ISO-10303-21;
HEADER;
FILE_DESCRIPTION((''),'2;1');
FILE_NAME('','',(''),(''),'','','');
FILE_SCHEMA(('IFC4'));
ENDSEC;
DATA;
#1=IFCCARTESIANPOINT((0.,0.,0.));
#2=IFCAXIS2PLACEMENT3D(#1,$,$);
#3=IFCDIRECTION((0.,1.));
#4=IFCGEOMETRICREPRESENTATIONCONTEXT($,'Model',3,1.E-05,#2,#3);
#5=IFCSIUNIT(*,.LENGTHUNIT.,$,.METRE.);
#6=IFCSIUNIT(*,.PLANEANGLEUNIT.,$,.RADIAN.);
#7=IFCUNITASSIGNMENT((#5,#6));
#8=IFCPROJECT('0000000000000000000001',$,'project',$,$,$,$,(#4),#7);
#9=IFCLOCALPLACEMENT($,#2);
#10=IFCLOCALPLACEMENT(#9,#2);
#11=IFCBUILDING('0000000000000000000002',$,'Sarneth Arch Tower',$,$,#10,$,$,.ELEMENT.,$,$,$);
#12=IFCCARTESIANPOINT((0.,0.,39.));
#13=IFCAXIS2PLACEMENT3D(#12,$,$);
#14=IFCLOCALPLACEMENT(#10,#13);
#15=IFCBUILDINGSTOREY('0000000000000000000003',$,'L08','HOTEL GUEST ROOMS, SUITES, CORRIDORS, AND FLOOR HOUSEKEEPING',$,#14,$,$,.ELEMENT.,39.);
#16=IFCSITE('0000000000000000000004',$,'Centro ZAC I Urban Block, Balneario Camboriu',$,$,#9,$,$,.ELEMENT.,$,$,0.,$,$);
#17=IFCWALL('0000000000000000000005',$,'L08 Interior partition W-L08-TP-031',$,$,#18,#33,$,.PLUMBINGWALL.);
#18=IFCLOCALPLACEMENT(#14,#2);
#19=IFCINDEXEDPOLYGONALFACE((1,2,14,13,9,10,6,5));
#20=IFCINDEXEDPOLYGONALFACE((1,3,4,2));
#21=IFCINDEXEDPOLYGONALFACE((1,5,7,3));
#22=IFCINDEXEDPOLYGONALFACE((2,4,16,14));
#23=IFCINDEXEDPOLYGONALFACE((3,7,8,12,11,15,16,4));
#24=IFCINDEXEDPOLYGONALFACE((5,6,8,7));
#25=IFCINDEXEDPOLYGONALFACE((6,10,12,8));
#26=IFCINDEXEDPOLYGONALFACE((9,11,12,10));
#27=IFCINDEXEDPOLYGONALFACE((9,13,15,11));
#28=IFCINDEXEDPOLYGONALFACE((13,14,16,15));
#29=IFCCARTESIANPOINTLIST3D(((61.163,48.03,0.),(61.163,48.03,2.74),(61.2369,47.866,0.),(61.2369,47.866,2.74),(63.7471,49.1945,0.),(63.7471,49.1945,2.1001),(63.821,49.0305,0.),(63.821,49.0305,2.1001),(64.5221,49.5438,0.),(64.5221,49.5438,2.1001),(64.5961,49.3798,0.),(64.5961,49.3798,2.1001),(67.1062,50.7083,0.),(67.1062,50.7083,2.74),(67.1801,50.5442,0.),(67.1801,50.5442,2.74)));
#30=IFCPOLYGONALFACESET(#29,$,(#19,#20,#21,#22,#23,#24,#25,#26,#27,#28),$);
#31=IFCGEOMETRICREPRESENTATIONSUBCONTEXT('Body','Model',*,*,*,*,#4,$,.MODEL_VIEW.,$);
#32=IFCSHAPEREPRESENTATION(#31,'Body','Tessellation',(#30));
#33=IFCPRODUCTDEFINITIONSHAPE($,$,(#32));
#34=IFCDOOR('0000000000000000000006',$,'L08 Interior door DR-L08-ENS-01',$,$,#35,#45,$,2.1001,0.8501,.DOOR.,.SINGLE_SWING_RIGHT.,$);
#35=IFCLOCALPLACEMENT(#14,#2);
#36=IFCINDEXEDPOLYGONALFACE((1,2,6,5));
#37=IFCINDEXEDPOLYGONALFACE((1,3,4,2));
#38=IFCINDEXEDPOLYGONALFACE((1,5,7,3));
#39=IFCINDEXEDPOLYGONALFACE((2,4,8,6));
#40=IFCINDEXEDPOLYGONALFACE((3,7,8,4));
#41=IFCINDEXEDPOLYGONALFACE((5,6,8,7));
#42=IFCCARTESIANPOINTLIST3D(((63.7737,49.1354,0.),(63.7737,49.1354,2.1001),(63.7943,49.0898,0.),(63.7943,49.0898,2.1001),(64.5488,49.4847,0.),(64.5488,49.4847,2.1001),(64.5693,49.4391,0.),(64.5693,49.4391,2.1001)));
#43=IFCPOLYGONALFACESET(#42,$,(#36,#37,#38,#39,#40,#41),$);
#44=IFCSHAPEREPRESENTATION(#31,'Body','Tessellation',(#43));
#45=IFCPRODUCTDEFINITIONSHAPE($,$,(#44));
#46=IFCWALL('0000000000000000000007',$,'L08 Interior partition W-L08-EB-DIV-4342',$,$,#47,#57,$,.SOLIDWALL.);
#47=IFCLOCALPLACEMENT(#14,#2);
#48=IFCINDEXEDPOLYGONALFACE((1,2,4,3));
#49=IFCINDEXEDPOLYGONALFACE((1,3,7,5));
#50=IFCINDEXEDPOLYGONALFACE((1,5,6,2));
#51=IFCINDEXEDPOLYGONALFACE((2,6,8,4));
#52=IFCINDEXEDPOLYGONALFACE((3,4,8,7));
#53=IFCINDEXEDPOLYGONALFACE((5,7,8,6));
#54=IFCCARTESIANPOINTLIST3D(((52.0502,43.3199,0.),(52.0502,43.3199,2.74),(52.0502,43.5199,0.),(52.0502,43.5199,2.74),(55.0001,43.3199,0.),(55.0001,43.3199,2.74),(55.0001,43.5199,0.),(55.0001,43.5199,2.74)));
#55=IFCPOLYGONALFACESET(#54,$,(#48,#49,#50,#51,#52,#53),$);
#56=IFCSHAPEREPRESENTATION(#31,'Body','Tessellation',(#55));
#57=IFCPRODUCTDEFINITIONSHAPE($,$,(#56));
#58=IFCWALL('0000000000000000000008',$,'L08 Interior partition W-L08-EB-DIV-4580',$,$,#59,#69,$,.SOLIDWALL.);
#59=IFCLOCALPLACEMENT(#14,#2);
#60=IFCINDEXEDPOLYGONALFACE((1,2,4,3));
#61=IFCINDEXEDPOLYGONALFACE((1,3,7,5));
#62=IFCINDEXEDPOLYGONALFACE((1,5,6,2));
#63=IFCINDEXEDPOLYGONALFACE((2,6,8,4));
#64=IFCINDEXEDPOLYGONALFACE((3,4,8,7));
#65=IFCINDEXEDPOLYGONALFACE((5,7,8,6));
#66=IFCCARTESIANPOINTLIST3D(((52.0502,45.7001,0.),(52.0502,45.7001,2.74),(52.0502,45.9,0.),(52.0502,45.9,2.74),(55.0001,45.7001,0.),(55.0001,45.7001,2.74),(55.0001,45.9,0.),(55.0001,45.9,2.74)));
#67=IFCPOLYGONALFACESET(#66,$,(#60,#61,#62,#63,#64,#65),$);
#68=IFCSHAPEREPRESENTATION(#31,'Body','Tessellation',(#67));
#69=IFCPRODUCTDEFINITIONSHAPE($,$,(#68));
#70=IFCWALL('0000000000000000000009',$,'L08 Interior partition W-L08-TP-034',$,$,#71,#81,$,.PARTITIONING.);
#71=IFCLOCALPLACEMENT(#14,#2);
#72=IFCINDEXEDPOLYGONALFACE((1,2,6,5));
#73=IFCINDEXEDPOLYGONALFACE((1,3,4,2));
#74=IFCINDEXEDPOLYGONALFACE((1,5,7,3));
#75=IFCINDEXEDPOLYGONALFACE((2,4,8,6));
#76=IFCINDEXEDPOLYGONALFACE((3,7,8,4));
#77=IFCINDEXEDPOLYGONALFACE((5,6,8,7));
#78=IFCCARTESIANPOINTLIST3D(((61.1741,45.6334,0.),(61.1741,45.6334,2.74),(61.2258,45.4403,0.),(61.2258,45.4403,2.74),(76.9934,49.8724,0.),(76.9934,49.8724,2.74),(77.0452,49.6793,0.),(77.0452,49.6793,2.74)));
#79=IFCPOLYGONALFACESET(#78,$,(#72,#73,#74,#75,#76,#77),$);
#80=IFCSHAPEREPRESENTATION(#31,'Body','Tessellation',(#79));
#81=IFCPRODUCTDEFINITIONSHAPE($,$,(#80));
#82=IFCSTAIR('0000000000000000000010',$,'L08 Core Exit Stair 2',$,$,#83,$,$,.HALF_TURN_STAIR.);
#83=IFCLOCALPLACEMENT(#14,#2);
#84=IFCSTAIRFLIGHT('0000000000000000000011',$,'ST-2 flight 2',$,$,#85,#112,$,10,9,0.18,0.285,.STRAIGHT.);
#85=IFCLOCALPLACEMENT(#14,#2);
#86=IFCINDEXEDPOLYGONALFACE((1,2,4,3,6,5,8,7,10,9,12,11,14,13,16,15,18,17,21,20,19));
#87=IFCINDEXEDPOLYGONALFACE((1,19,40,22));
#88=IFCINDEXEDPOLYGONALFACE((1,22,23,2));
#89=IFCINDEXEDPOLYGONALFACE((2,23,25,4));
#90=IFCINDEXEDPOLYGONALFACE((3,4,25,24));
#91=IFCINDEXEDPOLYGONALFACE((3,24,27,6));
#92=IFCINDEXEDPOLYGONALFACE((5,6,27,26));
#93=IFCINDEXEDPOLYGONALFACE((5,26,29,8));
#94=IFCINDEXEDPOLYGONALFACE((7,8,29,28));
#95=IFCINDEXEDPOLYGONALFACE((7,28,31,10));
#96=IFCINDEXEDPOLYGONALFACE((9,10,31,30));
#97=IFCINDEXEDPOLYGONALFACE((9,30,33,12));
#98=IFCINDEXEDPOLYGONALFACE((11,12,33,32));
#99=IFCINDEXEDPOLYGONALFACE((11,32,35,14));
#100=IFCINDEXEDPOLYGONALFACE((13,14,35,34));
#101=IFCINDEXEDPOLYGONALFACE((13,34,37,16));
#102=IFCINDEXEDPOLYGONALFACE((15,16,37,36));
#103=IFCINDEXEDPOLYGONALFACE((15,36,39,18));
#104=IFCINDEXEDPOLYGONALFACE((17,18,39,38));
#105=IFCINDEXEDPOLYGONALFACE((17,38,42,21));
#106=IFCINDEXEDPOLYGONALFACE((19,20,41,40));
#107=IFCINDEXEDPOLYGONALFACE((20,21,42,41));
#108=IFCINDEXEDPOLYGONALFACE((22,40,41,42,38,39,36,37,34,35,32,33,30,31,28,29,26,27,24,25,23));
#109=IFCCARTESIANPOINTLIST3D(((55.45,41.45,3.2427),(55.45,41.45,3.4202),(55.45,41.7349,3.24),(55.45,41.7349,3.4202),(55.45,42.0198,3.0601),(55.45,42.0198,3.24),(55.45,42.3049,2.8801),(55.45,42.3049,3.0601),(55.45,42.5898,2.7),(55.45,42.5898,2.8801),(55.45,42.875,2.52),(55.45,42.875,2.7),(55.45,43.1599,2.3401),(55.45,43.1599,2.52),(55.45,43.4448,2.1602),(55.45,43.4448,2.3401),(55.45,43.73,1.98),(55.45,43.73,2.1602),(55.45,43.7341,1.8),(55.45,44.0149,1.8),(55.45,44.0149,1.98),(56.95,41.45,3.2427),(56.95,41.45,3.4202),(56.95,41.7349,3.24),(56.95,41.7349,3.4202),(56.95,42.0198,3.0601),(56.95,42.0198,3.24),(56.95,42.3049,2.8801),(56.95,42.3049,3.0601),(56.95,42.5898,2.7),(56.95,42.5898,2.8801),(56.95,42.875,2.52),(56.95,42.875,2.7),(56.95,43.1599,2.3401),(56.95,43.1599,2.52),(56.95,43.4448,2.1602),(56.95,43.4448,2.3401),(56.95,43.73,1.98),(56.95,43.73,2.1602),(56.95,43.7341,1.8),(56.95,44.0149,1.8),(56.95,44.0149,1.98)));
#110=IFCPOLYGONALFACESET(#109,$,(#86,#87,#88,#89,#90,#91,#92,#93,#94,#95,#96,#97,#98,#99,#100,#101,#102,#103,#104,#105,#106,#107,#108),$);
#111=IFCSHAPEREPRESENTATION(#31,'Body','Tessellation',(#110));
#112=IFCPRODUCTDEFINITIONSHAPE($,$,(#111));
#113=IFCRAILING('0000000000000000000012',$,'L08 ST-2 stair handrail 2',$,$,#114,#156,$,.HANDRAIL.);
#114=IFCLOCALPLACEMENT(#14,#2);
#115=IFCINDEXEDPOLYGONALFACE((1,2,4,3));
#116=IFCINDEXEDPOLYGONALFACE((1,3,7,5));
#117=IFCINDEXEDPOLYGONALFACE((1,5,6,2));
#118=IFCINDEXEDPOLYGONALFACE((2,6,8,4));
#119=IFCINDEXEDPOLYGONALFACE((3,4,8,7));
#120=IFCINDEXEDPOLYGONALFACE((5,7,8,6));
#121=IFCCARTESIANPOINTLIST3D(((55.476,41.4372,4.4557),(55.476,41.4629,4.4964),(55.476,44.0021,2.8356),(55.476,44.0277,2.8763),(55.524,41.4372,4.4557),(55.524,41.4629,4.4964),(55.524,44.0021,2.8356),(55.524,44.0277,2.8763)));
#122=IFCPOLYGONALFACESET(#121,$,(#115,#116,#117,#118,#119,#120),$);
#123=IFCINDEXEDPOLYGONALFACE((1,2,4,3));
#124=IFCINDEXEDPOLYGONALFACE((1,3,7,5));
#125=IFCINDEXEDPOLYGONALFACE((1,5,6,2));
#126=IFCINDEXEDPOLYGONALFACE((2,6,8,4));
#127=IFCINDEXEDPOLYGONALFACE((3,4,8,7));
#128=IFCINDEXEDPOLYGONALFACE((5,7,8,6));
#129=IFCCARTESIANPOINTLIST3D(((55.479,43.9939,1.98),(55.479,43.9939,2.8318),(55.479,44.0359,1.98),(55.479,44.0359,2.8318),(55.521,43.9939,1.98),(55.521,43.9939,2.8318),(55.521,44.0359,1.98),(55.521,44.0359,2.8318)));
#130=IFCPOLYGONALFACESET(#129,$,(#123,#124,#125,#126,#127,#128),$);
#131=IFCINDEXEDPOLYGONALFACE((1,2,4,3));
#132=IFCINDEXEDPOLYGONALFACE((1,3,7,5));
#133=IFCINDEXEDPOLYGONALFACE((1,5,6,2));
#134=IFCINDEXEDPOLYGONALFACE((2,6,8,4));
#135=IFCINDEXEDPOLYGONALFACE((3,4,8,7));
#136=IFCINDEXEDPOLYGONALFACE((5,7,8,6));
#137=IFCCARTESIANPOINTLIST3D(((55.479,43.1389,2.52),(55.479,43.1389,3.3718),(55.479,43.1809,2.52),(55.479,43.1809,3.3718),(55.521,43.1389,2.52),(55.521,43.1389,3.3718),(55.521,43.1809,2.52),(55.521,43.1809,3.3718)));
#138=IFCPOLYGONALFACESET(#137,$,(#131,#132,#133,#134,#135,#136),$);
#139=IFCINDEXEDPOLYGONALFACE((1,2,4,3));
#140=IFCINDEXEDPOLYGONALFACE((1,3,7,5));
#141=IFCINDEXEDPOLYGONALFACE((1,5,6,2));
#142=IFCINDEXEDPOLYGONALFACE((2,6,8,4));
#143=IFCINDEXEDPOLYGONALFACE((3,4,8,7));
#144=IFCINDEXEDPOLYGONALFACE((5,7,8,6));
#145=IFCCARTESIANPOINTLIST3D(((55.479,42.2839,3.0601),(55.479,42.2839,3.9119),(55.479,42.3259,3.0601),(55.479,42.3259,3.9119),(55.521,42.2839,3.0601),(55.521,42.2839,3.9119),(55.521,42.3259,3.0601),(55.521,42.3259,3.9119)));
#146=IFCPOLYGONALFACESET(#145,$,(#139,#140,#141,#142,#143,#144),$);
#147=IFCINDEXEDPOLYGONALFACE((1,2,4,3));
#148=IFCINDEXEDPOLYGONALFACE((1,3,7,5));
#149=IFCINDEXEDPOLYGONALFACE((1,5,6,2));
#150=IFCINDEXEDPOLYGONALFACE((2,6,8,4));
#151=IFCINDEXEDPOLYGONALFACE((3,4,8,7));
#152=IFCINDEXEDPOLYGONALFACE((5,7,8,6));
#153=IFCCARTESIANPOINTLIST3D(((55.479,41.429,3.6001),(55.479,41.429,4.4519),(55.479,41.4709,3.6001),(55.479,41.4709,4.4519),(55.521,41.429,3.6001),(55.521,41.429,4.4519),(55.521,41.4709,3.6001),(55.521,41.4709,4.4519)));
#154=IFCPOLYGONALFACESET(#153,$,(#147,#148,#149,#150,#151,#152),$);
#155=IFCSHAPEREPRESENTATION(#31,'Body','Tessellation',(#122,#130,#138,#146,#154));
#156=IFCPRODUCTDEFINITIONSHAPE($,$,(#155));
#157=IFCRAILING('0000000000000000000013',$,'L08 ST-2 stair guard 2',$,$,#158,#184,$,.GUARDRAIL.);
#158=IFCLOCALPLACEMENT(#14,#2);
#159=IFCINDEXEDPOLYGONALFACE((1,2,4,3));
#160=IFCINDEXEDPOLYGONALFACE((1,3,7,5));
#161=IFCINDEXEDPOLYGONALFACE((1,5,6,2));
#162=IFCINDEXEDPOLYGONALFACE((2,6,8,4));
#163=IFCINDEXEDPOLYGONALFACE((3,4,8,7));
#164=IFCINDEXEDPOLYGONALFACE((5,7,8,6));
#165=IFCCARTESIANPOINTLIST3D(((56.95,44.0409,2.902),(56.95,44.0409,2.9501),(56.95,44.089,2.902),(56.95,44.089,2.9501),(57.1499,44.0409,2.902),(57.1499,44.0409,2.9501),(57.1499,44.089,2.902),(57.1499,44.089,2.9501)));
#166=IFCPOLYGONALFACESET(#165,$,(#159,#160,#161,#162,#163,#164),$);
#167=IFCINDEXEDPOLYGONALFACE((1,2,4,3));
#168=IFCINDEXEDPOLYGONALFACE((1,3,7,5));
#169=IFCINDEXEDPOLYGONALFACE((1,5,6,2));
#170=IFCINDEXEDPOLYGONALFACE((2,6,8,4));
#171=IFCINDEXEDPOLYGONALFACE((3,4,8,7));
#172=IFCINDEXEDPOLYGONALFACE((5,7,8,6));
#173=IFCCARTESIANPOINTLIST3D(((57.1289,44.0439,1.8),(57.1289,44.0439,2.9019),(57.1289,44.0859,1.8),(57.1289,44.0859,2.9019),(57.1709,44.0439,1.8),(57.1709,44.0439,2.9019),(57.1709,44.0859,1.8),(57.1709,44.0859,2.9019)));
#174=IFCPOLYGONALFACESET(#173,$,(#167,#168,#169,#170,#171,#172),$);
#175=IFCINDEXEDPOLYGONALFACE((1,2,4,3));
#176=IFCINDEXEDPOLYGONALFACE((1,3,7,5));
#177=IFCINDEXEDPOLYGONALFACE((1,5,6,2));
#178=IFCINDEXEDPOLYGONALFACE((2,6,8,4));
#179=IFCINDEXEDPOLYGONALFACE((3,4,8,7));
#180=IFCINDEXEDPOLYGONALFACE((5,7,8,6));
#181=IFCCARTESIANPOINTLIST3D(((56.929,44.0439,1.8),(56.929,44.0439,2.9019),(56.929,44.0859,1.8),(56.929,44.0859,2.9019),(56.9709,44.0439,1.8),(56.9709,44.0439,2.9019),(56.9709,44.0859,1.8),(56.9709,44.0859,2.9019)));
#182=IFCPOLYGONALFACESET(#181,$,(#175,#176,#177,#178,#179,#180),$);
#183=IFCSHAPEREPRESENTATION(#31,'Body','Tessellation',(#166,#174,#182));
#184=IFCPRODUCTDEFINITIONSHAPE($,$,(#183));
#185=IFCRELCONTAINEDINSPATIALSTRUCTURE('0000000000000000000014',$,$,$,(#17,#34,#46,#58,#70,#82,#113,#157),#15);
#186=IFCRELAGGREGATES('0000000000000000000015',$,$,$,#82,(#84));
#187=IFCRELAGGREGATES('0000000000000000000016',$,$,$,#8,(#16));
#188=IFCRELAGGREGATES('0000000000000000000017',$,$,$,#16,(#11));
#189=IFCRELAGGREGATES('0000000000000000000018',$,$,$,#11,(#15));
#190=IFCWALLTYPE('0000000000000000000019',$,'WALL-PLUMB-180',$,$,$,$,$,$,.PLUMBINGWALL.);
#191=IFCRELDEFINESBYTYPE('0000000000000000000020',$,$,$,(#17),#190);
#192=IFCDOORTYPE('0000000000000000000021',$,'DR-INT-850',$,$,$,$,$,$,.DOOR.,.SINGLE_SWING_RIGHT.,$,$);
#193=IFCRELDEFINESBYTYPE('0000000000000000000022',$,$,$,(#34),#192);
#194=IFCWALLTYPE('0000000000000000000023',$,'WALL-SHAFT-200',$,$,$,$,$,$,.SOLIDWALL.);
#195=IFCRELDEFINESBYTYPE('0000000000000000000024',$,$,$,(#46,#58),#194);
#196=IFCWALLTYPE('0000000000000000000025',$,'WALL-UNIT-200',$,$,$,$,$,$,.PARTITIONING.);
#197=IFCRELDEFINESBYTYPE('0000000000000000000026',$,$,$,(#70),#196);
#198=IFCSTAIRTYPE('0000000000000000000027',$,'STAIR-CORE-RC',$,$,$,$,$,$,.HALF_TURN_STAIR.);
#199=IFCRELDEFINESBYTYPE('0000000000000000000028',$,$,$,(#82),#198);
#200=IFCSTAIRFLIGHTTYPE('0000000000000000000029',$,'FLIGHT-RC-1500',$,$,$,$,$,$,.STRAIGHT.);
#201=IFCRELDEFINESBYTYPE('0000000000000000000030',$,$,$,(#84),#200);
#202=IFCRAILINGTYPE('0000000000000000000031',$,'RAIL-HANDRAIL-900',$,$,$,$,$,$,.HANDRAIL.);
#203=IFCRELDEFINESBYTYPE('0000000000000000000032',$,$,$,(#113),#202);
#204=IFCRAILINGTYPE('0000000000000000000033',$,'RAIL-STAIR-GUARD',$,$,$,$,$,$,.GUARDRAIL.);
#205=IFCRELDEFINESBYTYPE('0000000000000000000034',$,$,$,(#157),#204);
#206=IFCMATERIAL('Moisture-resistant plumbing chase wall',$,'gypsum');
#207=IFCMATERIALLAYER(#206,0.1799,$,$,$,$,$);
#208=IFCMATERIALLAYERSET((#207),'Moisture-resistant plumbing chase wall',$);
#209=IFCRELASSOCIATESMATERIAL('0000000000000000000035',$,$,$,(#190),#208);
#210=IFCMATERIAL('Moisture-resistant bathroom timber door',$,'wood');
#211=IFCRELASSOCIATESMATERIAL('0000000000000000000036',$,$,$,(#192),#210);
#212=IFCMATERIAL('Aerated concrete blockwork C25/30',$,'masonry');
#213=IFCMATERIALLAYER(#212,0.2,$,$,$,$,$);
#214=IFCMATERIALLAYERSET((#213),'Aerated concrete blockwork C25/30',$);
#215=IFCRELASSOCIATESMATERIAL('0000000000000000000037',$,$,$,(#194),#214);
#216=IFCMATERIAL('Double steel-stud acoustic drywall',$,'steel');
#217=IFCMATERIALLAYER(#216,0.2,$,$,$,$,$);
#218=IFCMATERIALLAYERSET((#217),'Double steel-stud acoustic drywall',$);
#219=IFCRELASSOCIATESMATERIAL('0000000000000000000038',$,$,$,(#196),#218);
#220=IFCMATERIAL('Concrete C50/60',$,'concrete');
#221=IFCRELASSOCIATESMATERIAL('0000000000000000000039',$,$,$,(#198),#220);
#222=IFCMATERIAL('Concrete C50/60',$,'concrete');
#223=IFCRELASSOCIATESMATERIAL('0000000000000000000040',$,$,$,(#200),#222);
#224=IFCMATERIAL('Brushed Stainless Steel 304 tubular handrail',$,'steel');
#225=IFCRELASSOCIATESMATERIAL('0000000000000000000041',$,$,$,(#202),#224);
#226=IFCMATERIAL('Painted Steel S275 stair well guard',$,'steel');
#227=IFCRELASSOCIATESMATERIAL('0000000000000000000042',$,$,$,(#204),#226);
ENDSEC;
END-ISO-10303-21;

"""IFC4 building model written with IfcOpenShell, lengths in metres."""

from ifc_helpers import new_model, si_unit, direction, frame, frame_2d, origin, origin_2d, place, context, subcontext, project, spatial, polyline, rectangle, outline, extrude, material, layer, layer_set, type_object, element, fill, aggregate, save


model = new_model("IFC4")

# Units and contexts
model_context = context("Model", 3, precision=1e-05, world=origin(), true_north=direction((0.0, 1.0)))
body_context = subcontext(model_context, "Body", "Model", "MODEL_VIEW")
ifc_project = project(units=[si_unit("LENGTHUNIT", "METRE"), si_unit("PLANEANGLEUNIT", "RADIAN")], contexts=[model_context])

# Site, building, storey
site_placement = place(None, origin())
site = spatial("IfcSite", under=ifc_project, at=site_placement, Name="Centro ZAC I Urban Block, Balneario Camboriu", CompositionType="ELEMENT", RefElevation=0.0)
building_placement = place(site_placement, origin())
building = spatial("IfcBuilding", under=site, at=building_placement, Name="Sarneth Arch Tower", CompositionType="ELEMENT")
storey_placement = place(building_placement, frame((0.0, 0.0, 39.0)))
storey = spatial("IfcBuildingStorey", under=building, at=storey_placement, Name="L08", Description="HOTEL GUEST ROOMS, SUITES, CORRIDORS, AND FLOOR HOUSEKEEPING", CompositionType="ELEMENT", Elevation=39.0)

# Wall, opening, door
ifc_material_1 = material(Name="Moisture-resistant plumbing chase wall", Category="gypsum")
ifc_layer_1 = layer(ifc_material_1, 0.1799)
ifc_layer_set_1 = layer_set([ifc_layer_1], Name="Moisture-resistant plumbing chase wall")
wall_type_1 = type_object("IfcWallType", Name="WALL-PLUMB-180", PredefinedType="PLUMBINGWALL", material=ifc_layer_set_1)
wall_1_placement = place(storey_placement, frame((67.1431, 50.6262, 0.0), z_axis=(0.0, 0.0, 1.0), x_axis=(-0.911702, -0.410852, 0.0)))
wall_1 = element("IfcWall", 1, at=wall_1_placement, inside=storey, type_object=wall_type_1, Name="L08 Interior partition W-L08-TP-031", PredefinedType="PLUMBINGWALL", context=body_context, shape_type="SweptSolid", body=[
    extrude(rectangle(XDim=6.5188, YDim=0.1799, at=frame_2d((3.2593, 0.0))), origin(), (0.0, 0.0, 1.0), 2.74),
])
opening_1_placement = place(wall_1_placement, frame((2.8342, 0.0, 0.0)))
opening_1 = element("IfcOpeningElement", 2, at=opening_1_placement, cuts=wall_1, PredefinedType="OPENING", context=body_context, shape_type="SweptSolid", body=[
    extrude(rectangle(XDim=0.8501, YDim=2.1001, at=frame_2d((0.425, 1.05))), frame((0.0, 0.0999, 0.0), z_axis=(0.0, -1.0, 0.0), x_axis=(1.0, 0.0, 0.0)), (0.0, 0.0, 1.0), 0.2),
])
ifc_material_2 = material(Name="Moisture-resistant bathroom timber door", Category="wood")
door_type_1 = type_object("IfcDoorType", Name="DR-INT-850", OperationType="SINGLE_SWING_RIGHT", PredefinedType="DOOR", material=ifc_material_2)
door_1_placement = place(opening_1_placement, origin())
door_1 = element("IfcDoor", 3, at=door_1_placement, inside=storey, type_object=door_type_1, Name="L08 Interior door DR-L08-ENS-01", OperationType="SINGLE_SWING_RIGHT", OverallHeight=2.1001, OverallWidth=0.8501, PredefinedType="DOOR", context=body_context, shape_type="SweptSolid", body=[
    extrude(rectangle(XDim=0.8501, YDim=2.1001, at=frame_2d((0.425, 1.05))), frame((0.0, 0.0249, 0.0), z_axis=(0.0, -1.0, 0.0), x_axis=(1.0, 0.0, 0.0)), (0.0, 0.0, 1.0), 0.05),
])
fill(opening_1, door_1)

# Walls
ifc_material_3 = material(Name="Aerated concrete blockwork C25/30", Category="masonry")
ifc_layer_2 = layer(ifc_material_3, 0.2)
ifc_layer_set_2 = layer_set([ifc_layer_2], Name="Aerated concrete blockwork C25/30")
wall_type_2 = type_object("IfcWallType", Name="WALL-SHAFT-200", PredefinedType="SOLIDWALL", material=ifc_layer_set_2)
for number, where, z_axis, x_axis, name in (
    (4, (52.05, 43.4199, 0.0), (0.0, 0.0, 1.0), (1.0, 0.0, 0.0), "L08 Interior partition W-L08-EB-DIV-4342"),
    (5, (52.05, 45.8, 0.0), (0.0, 0.0, 1.0), (1.0, 0.0, 0.0), "L08 Interior partition W-L08-EB-DIV-4580"),
):
    element("IfcWall", number, at=place(storey_placement, frame(where, z_axis=z_axis, x_axis=x_axis)), inside=storey, type_object=wall_type_2, Name=name, PredefinedType="SOLIDWALL", context=body_context, shape_type="SweptSolid", body=[
        extrude(rectangle(XDim=2.95, YDim=0.2, at=frame_2d((1.4751, 0.0))), origin(), (0.0, 0.0, 1.0), 2.74),
    ])
ifc_material_4 = material(Name="Double steel-stud acoustic drywall", Category="steel")
ifc_layer_3 = layer(ifc_material_4, 0.2)
ifc_layer_set_3 = layer_set([ifc_layer_3], Name="Double steel-stud acoustic drywall")
wall_type_3 = type_object("IfcWallType", Name="WALL-UNIT-200", PredefinedType="PARTITIONING", material=ifc_layer_set_3)
wall_2_placement = place(storey_placement, frame((61.2, 45.5369, 0.0), z_axis=(0.0, 0.0, 1.0), x_axis=(0.965922, 0.258832, 0.0)))
element("IfcWall", 6, at=wall_2_placement, inside=storey, type_object=wall_type_3, Name="L08 Interior partition W-L08-TP-034", PredefinedType="PARTITIONING", context=body_context, shape_type="SweptSolid", body=[
    extrude(rectangle(XDim=16.3774, YDim=0.2, at=frame_2d((8.1887, 0.0))), origin(), (0.0, 0.0, 1.0), 2.74),
])

# Stair, stair flight
ifc_material_5 = material(Name="Concrete C50/60", Category="concrete")
stair_type = type_object("IfcStairType", Name="STAIR-CORE-RC", PredefinedType="HALF_TURN_STAIR", material=ifc_material_5)
stair_placement = place(storey_placement, origin())
stair = element("IfcStair", 7, at=stair_placement, inside=storey, type_object=stair_type, Name="L08 Core Exit Stair 2", PredefinedType="HALF_TURN_STAIR")
ifc_material_6 = material(Name="Concrete C50/60", Category="concrete")
stair_flight_type = type_object("IfcStairFlightType", Name="FLIGHT-RC-1500", PredefinedType="STRAIGHT", material=ifc_material_6)
stair_flight_placement = place(storey_placement, frame((56.2, 44.0149, 1.8), z_axis=(0.0, 0.0, 1.0), x_axis=(0.0, -1.0, 0.0)))
stair_flight = element("IfcStairFlight", 8, at=stair_flight_placement, type_object=stair_flight_type, Name="ST-2 flight 2", NumberOfRisers=10, NumberOfTreads=9, PredefinedType="STRAIGHT", RiserHeight=0.18, TreadLength=0.285, context=body_context, shape_type="SweptSolid", body=[
    extrude(outline(polyline([(0.0, 0.0), (0.0, 0.1799), (0.2849, 0.1799), (0.2849, 0.3601), (0.5701, 0.3601), (0.5701, 0.54), (0.855, 0.54), (0.855, 0.72), (1.1399, 0.72), (1.1399, 0.8999), (1.425, 0.8999), (1.425, 1.0801), (1.71, 1.0801), (1.71, 1.26), (1.9951, 1.26), (1.9951, 1.4399), (2.28, 1.4399), (2.28, 1.6201), (2.5649, 1.6201), (2.5649, 1.8), (2.5649, 1.4426), (0.2808, 0.0), (0.0, 0.0)])), frame((0.0, 0.75, 0.0), z_axis=(0.0, -1.0, 0.0), x_axis=(1.0, 0.0, 0.0)), (0.0, 0.0, 1.0), 1.5),
])
aggregate(stair, [stair_flight])

# Railings
ifc_material_7 = material(Name="Brushed Stainless Steel 304 tubular handrail", Category="steel")
railing_type_1 = type_object("IfcRailingType", Name="RAIL-HANDRAIL-900", PredefinedType="HANDRAIL", material=ifc_material_7)
railing_1_placement = place(storey_placement, frame((55.5, 44.0149, 1.98)))
element("IfcRailing", 9, at=railing_1_placement, inside=storey, type_object=railing_type_1, Name="L08 ST-2 stair handrail 2", PredefinedType="HANDRAIL", context=body_context, shape_type="SweptSolid", body=[
    extrude(rectangle(XDim=0.0481, YDim=0.0481, at=origin_2d()), frame((0.0, 0.0, 0.876), z_axis=(0.0, -0.845466, 0.534029), x_axis=(1.0, 0.0, 0.0)), (0.0, 0.0, 1.0), 3.0337),
    extrude(rectangle(XDim=0.042, YDim=0.042, at=origin_2d()), origin(), (0.0, 0.0, 1.0), 0.8518),
    extrude(rectangle(XDim=0.042, YDim=0.042, at=origin_2d()), frame((0.0, -0.855, 0.54)), (0.0, 0.0, 1.0), 0.8518),
    extrude(rectangle(XDim=0.042, YDim=0.042, at=origin_2d()), frame((0.0, -1.71, 1.0801)), (0.0, 0.0, 1.0), 0.8518),
    extrude(rectangle(XDim=0.042, YDim=0.042, at=origin_2d()), frame((0.0, -2.5649, 1.6201)), (0.0, 0.0, 1.0), 0.8518),
])
ifc_material_8 = material(Name="Painted Steel S275 stair well guard", Category="steel")
railing_type_2 = type_object("IfcRailingType", Name="RAIL-STAIR-GUARD", PredefinedType="GUARDRAIL", material=ifc_material_8)
railing_2_placement = place(storey_placement, frame((57.1499, 44.0649, 1.8)))
element("IfcRailing", 10, at=railing_2_placement, inside=storey, type_object=railing_type_2, Name="L08 ST-2 stair guard 2", PredefinedType="GUARDRAIL", context=body_context, shape_type="SweptSolid", body=[
    extrude(rectangle(XDim=0.0481, YDim=0.0481, at=origin_2d()), frame((0.0, 0.0, 1.126), z_axis=(-1.0, 0.0, 0.0), x_axis=(0.0, -1.0, 0.0)), (0.0, 0.0, 1.0), 0.2),
    extrude(rectangle(XDim=0.042, YDim=0.042, at=origin_2d()), origin(), (0.0, 0.0, 1.0), 1.1018),
    extrude(rectangle(XDim=0.042, YDim=0.042, at=origin_2d()), frame((-0.2, 0.0, 0.0)), (0.0, 0.0, 1.0), 1.1018),
])

save(model, "model.ifc")
